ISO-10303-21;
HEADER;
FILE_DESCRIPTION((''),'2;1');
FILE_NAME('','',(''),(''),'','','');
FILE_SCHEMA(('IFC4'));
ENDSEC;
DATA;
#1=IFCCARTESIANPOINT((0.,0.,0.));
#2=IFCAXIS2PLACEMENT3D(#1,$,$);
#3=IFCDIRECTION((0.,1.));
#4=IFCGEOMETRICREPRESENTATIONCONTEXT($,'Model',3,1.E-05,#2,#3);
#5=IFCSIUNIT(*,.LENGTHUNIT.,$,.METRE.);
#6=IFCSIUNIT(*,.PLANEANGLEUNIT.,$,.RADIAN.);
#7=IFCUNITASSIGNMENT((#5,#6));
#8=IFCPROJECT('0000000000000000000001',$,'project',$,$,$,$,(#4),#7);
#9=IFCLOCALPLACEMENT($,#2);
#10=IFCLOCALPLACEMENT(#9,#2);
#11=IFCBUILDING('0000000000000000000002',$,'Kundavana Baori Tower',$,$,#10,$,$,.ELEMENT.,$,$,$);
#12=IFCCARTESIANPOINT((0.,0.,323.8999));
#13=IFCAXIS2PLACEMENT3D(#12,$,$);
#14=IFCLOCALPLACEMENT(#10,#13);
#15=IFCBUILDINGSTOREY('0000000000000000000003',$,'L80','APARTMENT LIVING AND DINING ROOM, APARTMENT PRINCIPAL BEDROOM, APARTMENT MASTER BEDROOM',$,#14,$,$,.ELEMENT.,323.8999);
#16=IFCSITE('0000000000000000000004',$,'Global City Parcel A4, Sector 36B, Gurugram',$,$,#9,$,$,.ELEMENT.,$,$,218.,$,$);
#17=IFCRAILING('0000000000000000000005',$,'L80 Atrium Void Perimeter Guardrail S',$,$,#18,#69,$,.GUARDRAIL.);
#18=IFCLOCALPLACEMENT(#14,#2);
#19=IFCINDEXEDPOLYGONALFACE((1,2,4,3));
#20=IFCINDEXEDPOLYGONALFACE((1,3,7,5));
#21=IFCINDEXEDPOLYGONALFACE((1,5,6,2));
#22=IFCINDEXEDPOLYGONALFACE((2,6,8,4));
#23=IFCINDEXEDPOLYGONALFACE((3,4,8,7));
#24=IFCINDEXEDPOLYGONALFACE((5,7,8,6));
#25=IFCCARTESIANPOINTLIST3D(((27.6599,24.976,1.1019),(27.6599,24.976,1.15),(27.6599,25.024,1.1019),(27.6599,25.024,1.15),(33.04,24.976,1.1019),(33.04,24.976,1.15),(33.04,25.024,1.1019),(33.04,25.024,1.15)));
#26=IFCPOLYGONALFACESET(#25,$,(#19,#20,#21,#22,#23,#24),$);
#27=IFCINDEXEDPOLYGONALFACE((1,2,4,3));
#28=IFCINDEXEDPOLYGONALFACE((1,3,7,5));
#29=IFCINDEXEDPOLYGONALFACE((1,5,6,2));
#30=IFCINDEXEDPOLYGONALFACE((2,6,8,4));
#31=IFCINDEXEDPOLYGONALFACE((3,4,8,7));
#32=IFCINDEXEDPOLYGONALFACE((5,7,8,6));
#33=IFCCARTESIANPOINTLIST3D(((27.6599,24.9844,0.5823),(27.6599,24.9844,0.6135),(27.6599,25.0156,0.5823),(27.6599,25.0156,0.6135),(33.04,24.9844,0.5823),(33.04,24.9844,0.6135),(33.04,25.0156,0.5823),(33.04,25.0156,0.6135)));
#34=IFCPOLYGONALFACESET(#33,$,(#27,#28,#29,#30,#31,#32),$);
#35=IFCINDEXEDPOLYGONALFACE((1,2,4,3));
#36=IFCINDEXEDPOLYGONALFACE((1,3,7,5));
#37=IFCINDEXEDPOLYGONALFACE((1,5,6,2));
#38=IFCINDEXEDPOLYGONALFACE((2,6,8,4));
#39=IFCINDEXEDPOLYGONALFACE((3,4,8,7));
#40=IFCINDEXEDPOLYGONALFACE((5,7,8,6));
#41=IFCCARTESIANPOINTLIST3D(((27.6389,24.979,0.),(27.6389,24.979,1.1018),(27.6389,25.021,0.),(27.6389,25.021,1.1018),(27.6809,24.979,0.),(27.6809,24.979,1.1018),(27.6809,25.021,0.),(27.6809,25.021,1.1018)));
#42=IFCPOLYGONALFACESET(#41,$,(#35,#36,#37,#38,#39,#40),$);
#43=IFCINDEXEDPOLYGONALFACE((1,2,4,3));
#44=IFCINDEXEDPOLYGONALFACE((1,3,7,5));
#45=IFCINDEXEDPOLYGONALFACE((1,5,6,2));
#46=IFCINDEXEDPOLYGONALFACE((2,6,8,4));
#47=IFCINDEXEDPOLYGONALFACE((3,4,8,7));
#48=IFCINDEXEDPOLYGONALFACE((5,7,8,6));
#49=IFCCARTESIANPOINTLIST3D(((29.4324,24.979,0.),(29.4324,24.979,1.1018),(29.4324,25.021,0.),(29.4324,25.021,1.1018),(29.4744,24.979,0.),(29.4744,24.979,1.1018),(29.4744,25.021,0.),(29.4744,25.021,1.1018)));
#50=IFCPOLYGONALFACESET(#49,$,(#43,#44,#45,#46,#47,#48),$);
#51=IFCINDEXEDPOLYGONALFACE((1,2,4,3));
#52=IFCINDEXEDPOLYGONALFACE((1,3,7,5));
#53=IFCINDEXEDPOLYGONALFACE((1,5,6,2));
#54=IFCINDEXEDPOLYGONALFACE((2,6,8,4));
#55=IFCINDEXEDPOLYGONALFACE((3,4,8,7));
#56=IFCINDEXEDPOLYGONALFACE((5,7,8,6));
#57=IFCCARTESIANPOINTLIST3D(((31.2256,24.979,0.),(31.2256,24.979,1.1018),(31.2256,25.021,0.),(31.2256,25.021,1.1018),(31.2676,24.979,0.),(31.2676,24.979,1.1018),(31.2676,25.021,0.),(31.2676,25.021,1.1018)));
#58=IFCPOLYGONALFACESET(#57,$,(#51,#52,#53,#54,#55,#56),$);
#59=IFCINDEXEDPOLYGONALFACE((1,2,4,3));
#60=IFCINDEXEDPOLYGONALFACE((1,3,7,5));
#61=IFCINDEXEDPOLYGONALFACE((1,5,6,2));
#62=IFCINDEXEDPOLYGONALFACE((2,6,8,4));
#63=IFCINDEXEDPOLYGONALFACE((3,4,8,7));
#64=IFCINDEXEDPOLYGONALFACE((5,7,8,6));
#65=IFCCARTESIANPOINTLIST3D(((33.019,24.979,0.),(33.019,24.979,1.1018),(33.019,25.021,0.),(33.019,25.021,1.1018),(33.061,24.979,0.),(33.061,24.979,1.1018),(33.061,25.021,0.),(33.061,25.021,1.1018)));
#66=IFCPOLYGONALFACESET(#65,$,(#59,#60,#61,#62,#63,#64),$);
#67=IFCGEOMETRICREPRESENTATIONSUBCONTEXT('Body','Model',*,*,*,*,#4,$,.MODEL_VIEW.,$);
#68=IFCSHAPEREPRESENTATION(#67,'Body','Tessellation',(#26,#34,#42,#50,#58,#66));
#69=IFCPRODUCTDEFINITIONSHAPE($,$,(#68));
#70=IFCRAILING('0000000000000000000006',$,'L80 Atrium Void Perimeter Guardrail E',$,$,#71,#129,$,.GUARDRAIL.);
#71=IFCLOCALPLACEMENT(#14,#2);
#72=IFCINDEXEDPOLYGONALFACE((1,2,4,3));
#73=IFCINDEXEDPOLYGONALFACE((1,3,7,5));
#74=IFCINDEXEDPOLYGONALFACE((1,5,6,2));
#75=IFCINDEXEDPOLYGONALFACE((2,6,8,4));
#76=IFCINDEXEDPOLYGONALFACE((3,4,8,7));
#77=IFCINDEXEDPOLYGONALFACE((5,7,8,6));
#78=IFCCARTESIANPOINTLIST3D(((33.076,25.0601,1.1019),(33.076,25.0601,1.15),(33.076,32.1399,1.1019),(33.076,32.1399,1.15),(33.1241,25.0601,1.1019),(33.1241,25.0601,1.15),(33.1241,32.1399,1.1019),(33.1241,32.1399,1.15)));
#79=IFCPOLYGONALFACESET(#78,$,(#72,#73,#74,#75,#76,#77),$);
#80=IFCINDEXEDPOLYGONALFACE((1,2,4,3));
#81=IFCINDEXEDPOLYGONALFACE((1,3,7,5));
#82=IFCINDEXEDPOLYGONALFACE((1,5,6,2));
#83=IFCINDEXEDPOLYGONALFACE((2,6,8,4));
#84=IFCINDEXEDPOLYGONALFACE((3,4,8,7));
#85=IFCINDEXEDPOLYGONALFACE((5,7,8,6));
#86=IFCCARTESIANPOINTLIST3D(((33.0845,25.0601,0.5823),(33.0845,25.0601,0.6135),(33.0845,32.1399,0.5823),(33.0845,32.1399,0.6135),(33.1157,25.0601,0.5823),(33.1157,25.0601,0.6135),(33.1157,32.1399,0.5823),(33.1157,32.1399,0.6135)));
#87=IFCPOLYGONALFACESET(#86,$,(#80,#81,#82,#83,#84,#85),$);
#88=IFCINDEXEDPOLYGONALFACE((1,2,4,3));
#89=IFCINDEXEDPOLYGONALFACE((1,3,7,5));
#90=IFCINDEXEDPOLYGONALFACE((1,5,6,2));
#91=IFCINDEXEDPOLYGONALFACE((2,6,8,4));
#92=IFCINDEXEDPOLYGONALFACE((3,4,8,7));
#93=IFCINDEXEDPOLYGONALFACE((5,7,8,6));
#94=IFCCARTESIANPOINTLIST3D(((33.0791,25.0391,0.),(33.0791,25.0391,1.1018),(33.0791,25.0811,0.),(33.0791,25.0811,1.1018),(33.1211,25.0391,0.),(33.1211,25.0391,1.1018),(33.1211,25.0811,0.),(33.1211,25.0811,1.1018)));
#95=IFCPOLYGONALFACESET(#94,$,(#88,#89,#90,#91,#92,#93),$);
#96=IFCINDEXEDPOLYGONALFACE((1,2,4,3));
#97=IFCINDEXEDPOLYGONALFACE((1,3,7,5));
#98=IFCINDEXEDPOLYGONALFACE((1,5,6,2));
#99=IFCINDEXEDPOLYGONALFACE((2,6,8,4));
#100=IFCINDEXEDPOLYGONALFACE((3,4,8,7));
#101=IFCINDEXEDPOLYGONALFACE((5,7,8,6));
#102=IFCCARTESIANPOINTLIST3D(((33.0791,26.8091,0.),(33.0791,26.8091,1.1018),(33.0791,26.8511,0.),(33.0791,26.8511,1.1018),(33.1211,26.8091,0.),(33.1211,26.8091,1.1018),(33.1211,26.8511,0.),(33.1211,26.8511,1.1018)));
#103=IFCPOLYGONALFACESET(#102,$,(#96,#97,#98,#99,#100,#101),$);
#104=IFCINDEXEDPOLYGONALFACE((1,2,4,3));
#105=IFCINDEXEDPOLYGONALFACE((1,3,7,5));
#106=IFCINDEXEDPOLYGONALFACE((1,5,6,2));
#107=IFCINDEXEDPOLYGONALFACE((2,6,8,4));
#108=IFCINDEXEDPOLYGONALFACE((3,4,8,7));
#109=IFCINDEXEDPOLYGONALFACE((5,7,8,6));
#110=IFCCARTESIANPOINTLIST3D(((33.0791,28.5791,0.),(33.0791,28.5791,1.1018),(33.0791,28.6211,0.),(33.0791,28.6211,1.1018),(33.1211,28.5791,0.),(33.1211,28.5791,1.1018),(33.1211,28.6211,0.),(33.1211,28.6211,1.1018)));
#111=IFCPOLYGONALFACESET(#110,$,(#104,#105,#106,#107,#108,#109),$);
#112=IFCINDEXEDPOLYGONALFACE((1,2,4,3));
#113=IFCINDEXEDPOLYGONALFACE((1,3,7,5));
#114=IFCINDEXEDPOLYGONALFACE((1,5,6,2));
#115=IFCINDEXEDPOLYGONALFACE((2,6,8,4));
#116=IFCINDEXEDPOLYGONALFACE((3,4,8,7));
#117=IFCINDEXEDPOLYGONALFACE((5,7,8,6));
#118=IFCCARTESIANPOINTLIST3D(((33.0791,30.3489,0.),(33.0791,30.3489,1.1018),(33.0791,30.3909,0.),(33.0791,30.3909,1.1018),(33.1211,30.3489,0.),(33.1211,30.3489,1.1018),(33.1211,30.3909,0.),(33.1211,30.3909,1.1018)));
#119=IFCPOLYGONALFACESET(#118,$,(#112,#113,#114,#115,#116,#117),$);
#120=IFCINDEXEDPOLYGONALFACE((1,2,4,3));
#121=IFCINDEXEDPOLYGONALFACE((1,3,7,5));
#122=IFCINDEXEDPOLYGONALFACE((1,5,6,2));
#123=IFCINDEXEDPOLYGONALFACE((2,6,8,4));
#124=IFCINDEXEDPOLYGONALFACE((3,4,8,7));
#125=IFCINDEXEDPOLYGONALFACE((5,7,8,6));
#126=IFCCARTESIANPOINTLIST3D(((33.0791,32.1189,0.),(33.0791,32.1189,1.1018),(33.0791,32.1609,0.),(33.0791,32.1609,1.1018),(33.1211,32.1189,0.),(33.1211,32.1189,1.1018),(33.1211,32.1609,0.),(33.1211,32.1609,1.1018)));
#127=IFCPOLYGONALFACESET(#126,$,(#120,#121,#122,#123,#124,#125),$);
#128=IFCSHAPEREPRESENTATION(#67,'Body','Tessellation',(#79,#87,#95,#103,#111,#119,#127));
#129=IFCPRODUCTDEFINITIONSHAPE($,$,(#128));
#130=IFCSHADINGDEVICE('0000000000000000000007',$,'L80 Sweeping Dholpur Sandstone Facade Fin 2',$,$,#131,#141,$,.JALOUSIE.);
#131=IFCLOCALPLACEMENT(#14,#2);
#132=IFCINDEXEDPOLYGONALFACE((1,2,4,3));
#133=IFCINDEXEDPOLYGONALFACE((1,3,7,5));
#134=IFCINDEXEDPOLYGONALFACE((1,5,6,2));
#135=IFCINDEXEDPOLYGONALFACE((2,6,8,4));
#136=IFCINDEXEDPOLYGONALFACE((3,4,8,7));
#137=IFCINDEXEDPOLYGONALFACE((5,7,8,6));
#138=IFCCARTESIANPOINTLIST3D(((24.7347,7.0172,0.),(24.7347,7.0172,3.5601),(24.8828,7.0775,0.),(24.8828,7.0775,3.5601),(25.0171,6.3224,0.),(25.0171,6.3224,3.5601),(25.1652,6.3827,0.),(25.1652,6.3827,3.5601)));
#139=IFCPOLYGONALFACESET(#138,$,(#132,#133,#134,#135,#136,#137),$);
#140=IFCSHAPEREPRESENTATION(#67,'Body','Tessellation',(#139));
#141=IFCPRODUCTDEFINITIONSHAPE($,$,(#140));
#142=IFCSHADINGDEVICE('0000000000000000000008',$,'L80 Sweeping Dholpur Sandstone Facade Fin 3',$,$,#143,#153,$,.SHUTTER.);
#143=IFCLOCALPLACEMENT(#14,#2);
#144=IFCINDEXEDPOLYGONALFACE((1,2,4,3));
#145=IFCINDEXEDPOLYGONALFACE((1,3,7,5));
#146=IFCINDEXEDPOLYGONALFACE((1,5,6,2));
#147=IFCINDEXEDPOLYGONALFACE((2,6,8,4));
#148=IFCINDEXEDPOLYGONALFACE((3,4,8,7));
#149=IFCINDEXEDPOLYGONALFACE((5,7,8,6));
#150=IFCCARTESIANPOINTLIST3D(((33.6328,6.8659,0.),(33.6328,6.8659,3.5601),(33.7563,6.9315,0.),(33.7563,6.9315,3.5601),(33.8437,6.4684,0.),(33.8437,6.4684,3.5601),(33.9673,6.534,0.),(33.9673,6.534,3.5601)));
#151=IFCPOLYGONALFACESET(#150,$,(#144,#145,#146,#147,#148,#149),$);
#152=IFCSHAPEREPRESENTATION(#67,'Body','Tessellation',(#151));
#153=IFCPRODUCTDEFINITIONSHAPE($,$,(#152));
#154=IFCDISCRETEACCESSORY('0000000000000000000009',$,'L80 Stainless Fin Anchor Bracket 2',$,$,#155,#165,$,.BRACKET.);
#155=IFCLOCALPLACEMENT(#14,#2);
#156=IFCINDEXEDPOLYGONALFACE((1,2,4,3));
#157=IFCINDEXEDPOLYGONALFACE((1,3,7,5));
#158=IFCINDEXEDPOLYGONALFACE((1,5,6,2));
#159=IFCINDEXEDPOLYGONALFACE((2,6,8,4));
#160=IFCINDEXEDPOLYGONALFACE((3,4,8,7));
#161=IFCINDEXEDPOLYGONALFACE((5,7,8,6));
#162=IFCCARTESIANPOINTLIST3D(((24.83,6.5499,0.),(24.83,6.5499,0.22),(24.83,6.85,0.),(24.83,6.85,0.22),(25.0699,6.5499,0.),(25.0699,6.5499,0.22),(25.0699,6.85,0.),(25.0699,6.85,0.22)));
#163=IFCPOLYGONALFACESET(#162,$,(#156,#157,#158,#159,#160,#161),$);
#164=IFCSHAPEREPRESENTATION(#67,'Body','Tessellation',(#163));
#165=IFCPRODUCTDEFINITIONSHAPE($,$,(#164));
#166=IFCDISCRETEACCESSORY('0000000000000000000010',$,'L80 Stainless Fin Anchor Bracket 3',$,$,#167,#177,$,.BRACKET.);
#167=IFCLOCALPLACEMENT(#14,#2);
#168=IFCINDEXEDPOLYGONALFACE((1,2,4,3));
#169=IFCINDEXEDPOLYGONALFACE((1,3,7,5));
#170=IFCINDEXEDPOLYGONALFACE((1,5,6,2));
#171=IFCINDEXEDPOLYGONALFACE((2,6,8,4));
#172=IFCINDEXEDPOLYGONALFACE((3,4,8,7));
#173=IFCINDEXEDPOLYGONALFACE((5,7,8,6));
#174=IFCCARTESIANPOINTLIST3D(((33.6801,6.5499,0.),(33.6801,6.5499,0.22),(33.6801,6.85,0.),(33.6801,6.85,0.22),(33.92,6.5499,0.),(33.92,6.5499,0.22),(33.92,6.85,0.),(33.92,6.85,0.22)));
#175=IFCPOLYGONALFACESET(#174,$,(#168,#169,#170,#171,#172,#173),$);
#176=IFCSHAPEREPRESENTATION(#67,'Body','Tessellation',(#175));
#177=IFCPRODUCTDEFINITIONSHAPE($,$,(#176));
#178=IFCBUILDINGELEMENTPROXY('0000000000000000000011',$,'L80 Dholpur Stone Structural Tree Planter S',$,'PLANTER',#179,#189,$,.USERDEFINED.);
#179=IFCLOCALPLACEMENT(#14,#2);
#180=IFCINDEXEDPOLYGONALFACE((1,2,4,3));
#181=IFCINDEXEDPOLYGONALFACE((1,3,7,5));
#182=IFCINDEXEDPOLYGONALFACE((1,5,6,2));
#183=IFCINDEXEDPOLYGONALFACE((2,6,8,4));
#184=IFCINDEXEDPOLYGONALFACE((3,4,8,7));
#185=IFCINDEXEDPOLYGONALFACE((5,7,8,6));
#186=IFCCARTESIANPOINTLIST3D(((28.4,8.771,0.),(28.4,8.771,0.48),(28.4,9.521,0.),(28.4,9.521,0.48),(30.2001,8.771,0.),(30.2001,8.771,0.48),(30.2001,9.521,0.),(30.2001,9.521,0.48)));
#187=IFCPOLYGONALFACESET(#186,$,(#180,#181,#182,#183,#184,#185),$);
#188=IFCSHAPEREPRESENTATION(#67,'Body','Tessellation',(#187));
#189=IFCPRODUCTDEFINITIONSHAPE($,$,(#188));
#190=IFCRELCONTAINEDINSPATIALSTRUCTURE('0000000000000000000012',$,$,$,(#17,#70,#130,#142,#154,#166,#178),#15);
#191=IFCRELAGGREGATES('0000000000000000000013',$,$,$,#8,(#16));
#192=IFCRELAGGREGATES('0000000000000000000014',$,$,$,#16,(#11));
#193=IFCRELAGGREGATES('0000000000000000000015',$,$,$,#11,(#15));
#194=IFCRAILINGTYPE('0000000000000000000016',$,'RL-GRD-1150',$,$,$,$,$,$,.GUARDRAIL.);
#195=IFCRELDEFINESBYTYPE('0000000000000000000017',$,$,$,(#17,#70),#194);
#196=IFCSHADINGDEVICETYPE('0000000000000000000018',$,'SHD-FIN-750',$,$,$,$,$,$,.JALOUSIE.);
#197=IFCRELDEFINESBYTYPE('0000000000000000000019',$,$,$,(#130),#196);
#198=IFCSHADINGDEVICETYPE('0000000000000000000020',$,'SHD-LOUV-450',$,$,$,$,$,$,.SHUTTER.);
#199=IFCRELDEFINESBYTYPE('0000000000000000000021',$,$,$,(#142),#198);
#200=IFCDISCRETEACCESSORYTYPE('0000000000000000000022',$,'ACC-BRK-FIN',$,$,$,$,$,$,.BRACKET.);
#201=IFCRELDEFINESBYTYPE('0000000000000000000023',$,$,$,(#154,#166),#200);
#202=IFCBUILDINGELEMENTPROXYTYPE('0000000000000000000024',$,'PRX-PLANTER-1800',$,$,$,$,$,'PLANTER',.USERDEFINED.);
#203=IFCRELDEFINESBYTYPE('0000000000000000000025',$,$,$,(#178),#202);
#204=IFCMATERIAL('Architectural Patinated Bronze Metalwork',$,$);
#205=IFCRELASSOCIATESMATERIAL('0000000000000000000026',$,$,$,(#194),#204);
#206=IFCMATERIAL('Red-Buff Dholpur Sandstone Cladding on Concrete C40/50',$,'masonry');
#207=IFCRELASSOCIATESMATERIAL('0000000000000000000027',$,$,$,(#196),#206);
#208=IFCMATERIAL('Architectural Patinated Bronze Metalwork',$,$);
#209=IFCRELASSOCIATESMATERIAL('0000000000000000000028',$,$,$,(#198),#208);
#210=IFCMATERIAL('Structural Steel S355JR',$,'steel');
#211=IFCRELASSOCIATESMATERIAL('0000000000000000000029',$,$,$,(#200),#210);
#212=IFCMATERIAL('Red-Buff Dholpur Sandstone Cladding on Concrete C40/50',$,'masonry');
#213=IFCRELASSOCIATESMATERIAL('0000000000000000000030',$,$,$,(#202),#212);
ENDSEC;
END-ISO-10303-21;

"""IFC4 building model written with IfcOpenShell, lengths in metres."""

from ifc_helpers import new_model, si_unit, direction, frame, origin, origin_2d, place, context, subcontext, project, spatial, rectangle, extrude, material, type_object, element, save


model = new_model("IFC4")

# Units and contexts
model_context = context("Model", 3, precision=1e-05, world=origin(), true_north=direction((0.0, 1.0)))
body_context = subcontext(model_context, "Body", "Model", "MODEL_VIEW")
ifc_project = project(units=[si_unit("LENGTHUNIT", "METRE"), si_unit("PLANEANGLEUNIT", "RADIAN")], contexts=[model_context])

# Site, building, storey
site_placement = place(None, origin())
site = spatial("IfcSite", under=ifc_project, at=site_placement, Name="Global City Parcel A4, Sector 36B, Gurugram", CompositionType="ELEMENT", RefElevation=218.0)
building_placement = place(site_placement, origin())
building = spatial("IfcBuilding", under=site, at=building_placement, Name="Kundavana Baori Tower", CompositionType="ELEMENT")
storey_placement = place(building_placement, frame((0.0, 0.0, 323.8999)))
storey = spatial("IfcBuildingStorey", under=building, at=storey_placement, Name="L80", Description="APARTMENT LIVING AND DINING ROOM, APARTMENT PRINCIPAL BEDROOM, APARTMENT MASTER BEDROOM", CompositionType="ELEMENT", Elevation=323.8999)

# Railings
ifc_material_1 = material(Name="Architectural Patinated Bronze Metalwork")
railing_type = type_object("IfcRailingType", Name="RL-GRD-1150", PredefinedType="GUARDRAIL", material=ifc_material_1)
railing_1_placement = place(storey_placement, frame((27.6599, 25.0, 0.0)))
element("IfcRailing", 1, at=railing_1_placement, inside=storey, type_object=railing_type, Name="L80 Atrium Void Perimeter Guardrail S", PredefinedType="GUARDRAIL", context=body_context, shape_type="SweptSolid", body=[
    extrude(rectangle(XDim=0.0481, YDim=0.0481, at=origin_2d()), frame((0.0, 0.0, 1.126), z_axis=(1.0, 0.0, 0.0), x_axis=(0.0, 1.0, 0.0)), (0.0, 0.0, 1.0), 5.3801),
    extrude(rectangle(XDim=0.0312, YDim=0.0312, at=origin_2d()), frame((0.0, 0.0, 0.5979), z_axis=(1.0, 0.0, 0.0), x_axis=(0.0, 1.0, 0.0)), (0.0, 0.0, 1.0), 5.3801),
    extrude(rectangle(XDim=0.042, YDim=0.042, at=origin_2d()), origin(), (0.0, 0.0, 1.0), 1.1018),
    extrude(rectangle(XDim=0.042, YDim=0.042, at=origin_2d()), frame((1.7935, 0.0, 0.0)), (0.0, 0.0, 1.0), 1.1018),
    extrude(rectangle(XDim=0.042, YDim=0.042, at=origin_2d()), frame((3.5867, 0.0, 0.0)), (0.0, 0.0, 1.0), 1.1018),
    extrude(rectangle(XDim=0.042, YDim=0.042, at=origin_2d()), frame((5.3801, 0.0, 0.0)), (0.0, 0.0, 1.0), 1.1018),
])
railing_2_placement = place(storey_placement, frame((33.1001, 25.0601, 0.0)))
element("IfcRailing", 2, at=railing_2_placement, inside=storey, type_object=railing_type, Name="L80 Atrium Void Perimeter Guardrail E", PredefinedType="GUARDRAIL", context=body_context, shape_type="SweptSolid", body=[
    extrude(rectangle(XDim=0.0481, YDim=0.0481, at=origin_2d()), frame((0.0, 0.0, 1.126), z_axis=(0.0, 1.0, 0.0), x_axis=(-1.0, 0.0, 0.0)), (0.0, 0.0, 1.0), 7.0798),
    extrude(rectangle(XDim=0.0312, YDim=0.0312, at=origin_2d()), frame((0.0, 0.0, 0.5979), z_axis=(0.0, 1.0, 0.0), x_axis=(-1.0, 0.0, 0.0)), (0.0, 0.0, 1.0), 7.0798),
    extrude(rectangle(XDim=0.042, YDim=0.042, at=origin_2d()), origin(), (0.0, 0.0, 1.0), 1.1018),
    extrude(rectangle(XDim=0.042, YDim=0.042, at=origin_2d()), frame((0.0, 1.77, 0.0)), (0.0, 0.0, 1.0), 1.1018),
    extrude(rectangle(XDim=0.042, YDim=0.042, at=origin_2d()), frame((0.0, 3.54, 0.0)), (0.0, 0.0, 1.0), 1.1018),
    extrude(rectangle(XDim=0.042, YDim=0.042, at=origin_2d()), frame((0.0, 5.3098, 0.0)), (0.0, 0.0, 1.0), 1.1018),
    extrude(rectangle(XDim=0.042, YDim=0.042, at=origin_2d()), frame((0.0, 7.0798, 0.0)), (0.0, 0.0, 1.0), 1.1018),
])

# Shading devices
ifc_material_2 = material(Name="Red-Buff Dholpur Sandstone Cladding on Concrete C40/50", Category="masonry")
shading_device_type_1 = type_object("IfcShadingDeviceType", Name="SHD-FIN-750", PredefinedType="JALOUSIE", material=ifc_material_2)
shading_device_1_placement = place(storey_placement, frame((24.95, 6.7, 0.0), z_axis=(0.0, 0.0, 1.0), x_axis=(0.926397, 0.376548, 0.0)))
element("IfcShadingDevice", 3, at=shading_device_1_placement, inside=storey, type_object=shading_device_type_1, Name="L80 Sweeping Dholpur Sandstone Facade Fin 2", PredefinedType="JALOUSIE", context=body_context, shape_type="SweptSolid", body=[
    extrude(rectangle(XDim=0.1599, YDim=0.75, at=origin_2d()), origin(), (0.0, 0.0, 1.0), 3.5601),
])
ifc_material_3 = material(Name="Architectural Patinated Bronze Metalwork")
shading_device_type_2 = type_object("IfcShadingDeviceType", Name="SHD-LOUV-450", PredefinedType="SHUTTER", material=ifc_material_3)
shading_device_2_placement = place(storey_placement, frame((33.8, 6.7, 0.0), z_axis=(0.0, 0.0, 1.0), x_axis=(0.883275, 0.468855, 0.0)))
element("IfcShadingDevice", 4, at=shading_device_2_placement, inside=storey, type_object=shading_device_type_2, Name="L80 Sweeping Dholpur Sandstone Facade Fin 3", PredefinedType="SHUTTER", context=body_context, shape_type="SweptSolid", body=[
    extrude(rectangle(XDim=0.1399, YDim=0.45, at=origin_2d()), origin(), (0.0, 0.0, 1.0), 3.5601),
])

# Discrete accessories
ifc_material_4 = material(Name="Structural Steel S355JR", Category="steel")
discrete_accessory_type = type_object("IfcDiscreteAccessoryType", Name="ACC-BRK-FIN", PredefinedType="BRACKET", material=ifc_material_4)
for number, where, z_axis, x_axis, name in (
    (5, (24.95, 6.7, 0.0), (0.0, 0.0, 1.0), (1.0, 0.0, 0.0), "L80 Stainless Fin Anchor Bracket 2"),
    (6, (33.8, 6.7, 0.0), (0.0, 0.0, 1.0), (1.0, 0.0, 0.0), "L80 Stainless Fin Anchor Bracket 3"),
):
    element("IfcDiscreteAccessory", number, at=place(storey_placement, frame(where, z_axis=z_axis, x_axis=x_axis)), inside=storey, type_object=discrete_accessory_type, Name=name, PredefinedType="BRACKET", context=body_context, shape_type="SweptSolid", body=[
        extrude(rectangle(XDim=0.24, YDim=0.3, at=origin_2d()), origin(), (0.0, 0.0, 1.0), 0.22),
    ])

# Building element proxy
ifc_material_5 = material(Name="Red-Buff Dholpur Sandstone Cladding on Concrete C40/50", Category="masonry")
building_element_proxy_type = type_object("IfcBuildingElementProxyType", Name="PRX-PLANTER-1800", ElementType="PLANTER", PredefinedType="USERDEFINED", material=ifc_material_5)
proxy_placement = place(storey_placement, frame((29.3, 9.146, 0.0), z_axis=(0.0, 0.0, 1.0), x_axis=(1.0, 0.0, 0.0)))
element("IfcBuildingElementProxy", 7, at=proxy_placement, inside=storey, type_object=building_element_proxy_type, Name="L80 Dholpur Stone Structural Tree Planter S", ObjectType="PLANTER", PredefinedType="USERDEFINED", context=body_context, shape_type="SweptSolid", body=[
    extrude(rectangle(XDim=1.8, YDim=0.75, at=origin_2d()), origin(), (0.0, 0.0, 1.0), 0.48),
])

save(model, "model.ifc")
